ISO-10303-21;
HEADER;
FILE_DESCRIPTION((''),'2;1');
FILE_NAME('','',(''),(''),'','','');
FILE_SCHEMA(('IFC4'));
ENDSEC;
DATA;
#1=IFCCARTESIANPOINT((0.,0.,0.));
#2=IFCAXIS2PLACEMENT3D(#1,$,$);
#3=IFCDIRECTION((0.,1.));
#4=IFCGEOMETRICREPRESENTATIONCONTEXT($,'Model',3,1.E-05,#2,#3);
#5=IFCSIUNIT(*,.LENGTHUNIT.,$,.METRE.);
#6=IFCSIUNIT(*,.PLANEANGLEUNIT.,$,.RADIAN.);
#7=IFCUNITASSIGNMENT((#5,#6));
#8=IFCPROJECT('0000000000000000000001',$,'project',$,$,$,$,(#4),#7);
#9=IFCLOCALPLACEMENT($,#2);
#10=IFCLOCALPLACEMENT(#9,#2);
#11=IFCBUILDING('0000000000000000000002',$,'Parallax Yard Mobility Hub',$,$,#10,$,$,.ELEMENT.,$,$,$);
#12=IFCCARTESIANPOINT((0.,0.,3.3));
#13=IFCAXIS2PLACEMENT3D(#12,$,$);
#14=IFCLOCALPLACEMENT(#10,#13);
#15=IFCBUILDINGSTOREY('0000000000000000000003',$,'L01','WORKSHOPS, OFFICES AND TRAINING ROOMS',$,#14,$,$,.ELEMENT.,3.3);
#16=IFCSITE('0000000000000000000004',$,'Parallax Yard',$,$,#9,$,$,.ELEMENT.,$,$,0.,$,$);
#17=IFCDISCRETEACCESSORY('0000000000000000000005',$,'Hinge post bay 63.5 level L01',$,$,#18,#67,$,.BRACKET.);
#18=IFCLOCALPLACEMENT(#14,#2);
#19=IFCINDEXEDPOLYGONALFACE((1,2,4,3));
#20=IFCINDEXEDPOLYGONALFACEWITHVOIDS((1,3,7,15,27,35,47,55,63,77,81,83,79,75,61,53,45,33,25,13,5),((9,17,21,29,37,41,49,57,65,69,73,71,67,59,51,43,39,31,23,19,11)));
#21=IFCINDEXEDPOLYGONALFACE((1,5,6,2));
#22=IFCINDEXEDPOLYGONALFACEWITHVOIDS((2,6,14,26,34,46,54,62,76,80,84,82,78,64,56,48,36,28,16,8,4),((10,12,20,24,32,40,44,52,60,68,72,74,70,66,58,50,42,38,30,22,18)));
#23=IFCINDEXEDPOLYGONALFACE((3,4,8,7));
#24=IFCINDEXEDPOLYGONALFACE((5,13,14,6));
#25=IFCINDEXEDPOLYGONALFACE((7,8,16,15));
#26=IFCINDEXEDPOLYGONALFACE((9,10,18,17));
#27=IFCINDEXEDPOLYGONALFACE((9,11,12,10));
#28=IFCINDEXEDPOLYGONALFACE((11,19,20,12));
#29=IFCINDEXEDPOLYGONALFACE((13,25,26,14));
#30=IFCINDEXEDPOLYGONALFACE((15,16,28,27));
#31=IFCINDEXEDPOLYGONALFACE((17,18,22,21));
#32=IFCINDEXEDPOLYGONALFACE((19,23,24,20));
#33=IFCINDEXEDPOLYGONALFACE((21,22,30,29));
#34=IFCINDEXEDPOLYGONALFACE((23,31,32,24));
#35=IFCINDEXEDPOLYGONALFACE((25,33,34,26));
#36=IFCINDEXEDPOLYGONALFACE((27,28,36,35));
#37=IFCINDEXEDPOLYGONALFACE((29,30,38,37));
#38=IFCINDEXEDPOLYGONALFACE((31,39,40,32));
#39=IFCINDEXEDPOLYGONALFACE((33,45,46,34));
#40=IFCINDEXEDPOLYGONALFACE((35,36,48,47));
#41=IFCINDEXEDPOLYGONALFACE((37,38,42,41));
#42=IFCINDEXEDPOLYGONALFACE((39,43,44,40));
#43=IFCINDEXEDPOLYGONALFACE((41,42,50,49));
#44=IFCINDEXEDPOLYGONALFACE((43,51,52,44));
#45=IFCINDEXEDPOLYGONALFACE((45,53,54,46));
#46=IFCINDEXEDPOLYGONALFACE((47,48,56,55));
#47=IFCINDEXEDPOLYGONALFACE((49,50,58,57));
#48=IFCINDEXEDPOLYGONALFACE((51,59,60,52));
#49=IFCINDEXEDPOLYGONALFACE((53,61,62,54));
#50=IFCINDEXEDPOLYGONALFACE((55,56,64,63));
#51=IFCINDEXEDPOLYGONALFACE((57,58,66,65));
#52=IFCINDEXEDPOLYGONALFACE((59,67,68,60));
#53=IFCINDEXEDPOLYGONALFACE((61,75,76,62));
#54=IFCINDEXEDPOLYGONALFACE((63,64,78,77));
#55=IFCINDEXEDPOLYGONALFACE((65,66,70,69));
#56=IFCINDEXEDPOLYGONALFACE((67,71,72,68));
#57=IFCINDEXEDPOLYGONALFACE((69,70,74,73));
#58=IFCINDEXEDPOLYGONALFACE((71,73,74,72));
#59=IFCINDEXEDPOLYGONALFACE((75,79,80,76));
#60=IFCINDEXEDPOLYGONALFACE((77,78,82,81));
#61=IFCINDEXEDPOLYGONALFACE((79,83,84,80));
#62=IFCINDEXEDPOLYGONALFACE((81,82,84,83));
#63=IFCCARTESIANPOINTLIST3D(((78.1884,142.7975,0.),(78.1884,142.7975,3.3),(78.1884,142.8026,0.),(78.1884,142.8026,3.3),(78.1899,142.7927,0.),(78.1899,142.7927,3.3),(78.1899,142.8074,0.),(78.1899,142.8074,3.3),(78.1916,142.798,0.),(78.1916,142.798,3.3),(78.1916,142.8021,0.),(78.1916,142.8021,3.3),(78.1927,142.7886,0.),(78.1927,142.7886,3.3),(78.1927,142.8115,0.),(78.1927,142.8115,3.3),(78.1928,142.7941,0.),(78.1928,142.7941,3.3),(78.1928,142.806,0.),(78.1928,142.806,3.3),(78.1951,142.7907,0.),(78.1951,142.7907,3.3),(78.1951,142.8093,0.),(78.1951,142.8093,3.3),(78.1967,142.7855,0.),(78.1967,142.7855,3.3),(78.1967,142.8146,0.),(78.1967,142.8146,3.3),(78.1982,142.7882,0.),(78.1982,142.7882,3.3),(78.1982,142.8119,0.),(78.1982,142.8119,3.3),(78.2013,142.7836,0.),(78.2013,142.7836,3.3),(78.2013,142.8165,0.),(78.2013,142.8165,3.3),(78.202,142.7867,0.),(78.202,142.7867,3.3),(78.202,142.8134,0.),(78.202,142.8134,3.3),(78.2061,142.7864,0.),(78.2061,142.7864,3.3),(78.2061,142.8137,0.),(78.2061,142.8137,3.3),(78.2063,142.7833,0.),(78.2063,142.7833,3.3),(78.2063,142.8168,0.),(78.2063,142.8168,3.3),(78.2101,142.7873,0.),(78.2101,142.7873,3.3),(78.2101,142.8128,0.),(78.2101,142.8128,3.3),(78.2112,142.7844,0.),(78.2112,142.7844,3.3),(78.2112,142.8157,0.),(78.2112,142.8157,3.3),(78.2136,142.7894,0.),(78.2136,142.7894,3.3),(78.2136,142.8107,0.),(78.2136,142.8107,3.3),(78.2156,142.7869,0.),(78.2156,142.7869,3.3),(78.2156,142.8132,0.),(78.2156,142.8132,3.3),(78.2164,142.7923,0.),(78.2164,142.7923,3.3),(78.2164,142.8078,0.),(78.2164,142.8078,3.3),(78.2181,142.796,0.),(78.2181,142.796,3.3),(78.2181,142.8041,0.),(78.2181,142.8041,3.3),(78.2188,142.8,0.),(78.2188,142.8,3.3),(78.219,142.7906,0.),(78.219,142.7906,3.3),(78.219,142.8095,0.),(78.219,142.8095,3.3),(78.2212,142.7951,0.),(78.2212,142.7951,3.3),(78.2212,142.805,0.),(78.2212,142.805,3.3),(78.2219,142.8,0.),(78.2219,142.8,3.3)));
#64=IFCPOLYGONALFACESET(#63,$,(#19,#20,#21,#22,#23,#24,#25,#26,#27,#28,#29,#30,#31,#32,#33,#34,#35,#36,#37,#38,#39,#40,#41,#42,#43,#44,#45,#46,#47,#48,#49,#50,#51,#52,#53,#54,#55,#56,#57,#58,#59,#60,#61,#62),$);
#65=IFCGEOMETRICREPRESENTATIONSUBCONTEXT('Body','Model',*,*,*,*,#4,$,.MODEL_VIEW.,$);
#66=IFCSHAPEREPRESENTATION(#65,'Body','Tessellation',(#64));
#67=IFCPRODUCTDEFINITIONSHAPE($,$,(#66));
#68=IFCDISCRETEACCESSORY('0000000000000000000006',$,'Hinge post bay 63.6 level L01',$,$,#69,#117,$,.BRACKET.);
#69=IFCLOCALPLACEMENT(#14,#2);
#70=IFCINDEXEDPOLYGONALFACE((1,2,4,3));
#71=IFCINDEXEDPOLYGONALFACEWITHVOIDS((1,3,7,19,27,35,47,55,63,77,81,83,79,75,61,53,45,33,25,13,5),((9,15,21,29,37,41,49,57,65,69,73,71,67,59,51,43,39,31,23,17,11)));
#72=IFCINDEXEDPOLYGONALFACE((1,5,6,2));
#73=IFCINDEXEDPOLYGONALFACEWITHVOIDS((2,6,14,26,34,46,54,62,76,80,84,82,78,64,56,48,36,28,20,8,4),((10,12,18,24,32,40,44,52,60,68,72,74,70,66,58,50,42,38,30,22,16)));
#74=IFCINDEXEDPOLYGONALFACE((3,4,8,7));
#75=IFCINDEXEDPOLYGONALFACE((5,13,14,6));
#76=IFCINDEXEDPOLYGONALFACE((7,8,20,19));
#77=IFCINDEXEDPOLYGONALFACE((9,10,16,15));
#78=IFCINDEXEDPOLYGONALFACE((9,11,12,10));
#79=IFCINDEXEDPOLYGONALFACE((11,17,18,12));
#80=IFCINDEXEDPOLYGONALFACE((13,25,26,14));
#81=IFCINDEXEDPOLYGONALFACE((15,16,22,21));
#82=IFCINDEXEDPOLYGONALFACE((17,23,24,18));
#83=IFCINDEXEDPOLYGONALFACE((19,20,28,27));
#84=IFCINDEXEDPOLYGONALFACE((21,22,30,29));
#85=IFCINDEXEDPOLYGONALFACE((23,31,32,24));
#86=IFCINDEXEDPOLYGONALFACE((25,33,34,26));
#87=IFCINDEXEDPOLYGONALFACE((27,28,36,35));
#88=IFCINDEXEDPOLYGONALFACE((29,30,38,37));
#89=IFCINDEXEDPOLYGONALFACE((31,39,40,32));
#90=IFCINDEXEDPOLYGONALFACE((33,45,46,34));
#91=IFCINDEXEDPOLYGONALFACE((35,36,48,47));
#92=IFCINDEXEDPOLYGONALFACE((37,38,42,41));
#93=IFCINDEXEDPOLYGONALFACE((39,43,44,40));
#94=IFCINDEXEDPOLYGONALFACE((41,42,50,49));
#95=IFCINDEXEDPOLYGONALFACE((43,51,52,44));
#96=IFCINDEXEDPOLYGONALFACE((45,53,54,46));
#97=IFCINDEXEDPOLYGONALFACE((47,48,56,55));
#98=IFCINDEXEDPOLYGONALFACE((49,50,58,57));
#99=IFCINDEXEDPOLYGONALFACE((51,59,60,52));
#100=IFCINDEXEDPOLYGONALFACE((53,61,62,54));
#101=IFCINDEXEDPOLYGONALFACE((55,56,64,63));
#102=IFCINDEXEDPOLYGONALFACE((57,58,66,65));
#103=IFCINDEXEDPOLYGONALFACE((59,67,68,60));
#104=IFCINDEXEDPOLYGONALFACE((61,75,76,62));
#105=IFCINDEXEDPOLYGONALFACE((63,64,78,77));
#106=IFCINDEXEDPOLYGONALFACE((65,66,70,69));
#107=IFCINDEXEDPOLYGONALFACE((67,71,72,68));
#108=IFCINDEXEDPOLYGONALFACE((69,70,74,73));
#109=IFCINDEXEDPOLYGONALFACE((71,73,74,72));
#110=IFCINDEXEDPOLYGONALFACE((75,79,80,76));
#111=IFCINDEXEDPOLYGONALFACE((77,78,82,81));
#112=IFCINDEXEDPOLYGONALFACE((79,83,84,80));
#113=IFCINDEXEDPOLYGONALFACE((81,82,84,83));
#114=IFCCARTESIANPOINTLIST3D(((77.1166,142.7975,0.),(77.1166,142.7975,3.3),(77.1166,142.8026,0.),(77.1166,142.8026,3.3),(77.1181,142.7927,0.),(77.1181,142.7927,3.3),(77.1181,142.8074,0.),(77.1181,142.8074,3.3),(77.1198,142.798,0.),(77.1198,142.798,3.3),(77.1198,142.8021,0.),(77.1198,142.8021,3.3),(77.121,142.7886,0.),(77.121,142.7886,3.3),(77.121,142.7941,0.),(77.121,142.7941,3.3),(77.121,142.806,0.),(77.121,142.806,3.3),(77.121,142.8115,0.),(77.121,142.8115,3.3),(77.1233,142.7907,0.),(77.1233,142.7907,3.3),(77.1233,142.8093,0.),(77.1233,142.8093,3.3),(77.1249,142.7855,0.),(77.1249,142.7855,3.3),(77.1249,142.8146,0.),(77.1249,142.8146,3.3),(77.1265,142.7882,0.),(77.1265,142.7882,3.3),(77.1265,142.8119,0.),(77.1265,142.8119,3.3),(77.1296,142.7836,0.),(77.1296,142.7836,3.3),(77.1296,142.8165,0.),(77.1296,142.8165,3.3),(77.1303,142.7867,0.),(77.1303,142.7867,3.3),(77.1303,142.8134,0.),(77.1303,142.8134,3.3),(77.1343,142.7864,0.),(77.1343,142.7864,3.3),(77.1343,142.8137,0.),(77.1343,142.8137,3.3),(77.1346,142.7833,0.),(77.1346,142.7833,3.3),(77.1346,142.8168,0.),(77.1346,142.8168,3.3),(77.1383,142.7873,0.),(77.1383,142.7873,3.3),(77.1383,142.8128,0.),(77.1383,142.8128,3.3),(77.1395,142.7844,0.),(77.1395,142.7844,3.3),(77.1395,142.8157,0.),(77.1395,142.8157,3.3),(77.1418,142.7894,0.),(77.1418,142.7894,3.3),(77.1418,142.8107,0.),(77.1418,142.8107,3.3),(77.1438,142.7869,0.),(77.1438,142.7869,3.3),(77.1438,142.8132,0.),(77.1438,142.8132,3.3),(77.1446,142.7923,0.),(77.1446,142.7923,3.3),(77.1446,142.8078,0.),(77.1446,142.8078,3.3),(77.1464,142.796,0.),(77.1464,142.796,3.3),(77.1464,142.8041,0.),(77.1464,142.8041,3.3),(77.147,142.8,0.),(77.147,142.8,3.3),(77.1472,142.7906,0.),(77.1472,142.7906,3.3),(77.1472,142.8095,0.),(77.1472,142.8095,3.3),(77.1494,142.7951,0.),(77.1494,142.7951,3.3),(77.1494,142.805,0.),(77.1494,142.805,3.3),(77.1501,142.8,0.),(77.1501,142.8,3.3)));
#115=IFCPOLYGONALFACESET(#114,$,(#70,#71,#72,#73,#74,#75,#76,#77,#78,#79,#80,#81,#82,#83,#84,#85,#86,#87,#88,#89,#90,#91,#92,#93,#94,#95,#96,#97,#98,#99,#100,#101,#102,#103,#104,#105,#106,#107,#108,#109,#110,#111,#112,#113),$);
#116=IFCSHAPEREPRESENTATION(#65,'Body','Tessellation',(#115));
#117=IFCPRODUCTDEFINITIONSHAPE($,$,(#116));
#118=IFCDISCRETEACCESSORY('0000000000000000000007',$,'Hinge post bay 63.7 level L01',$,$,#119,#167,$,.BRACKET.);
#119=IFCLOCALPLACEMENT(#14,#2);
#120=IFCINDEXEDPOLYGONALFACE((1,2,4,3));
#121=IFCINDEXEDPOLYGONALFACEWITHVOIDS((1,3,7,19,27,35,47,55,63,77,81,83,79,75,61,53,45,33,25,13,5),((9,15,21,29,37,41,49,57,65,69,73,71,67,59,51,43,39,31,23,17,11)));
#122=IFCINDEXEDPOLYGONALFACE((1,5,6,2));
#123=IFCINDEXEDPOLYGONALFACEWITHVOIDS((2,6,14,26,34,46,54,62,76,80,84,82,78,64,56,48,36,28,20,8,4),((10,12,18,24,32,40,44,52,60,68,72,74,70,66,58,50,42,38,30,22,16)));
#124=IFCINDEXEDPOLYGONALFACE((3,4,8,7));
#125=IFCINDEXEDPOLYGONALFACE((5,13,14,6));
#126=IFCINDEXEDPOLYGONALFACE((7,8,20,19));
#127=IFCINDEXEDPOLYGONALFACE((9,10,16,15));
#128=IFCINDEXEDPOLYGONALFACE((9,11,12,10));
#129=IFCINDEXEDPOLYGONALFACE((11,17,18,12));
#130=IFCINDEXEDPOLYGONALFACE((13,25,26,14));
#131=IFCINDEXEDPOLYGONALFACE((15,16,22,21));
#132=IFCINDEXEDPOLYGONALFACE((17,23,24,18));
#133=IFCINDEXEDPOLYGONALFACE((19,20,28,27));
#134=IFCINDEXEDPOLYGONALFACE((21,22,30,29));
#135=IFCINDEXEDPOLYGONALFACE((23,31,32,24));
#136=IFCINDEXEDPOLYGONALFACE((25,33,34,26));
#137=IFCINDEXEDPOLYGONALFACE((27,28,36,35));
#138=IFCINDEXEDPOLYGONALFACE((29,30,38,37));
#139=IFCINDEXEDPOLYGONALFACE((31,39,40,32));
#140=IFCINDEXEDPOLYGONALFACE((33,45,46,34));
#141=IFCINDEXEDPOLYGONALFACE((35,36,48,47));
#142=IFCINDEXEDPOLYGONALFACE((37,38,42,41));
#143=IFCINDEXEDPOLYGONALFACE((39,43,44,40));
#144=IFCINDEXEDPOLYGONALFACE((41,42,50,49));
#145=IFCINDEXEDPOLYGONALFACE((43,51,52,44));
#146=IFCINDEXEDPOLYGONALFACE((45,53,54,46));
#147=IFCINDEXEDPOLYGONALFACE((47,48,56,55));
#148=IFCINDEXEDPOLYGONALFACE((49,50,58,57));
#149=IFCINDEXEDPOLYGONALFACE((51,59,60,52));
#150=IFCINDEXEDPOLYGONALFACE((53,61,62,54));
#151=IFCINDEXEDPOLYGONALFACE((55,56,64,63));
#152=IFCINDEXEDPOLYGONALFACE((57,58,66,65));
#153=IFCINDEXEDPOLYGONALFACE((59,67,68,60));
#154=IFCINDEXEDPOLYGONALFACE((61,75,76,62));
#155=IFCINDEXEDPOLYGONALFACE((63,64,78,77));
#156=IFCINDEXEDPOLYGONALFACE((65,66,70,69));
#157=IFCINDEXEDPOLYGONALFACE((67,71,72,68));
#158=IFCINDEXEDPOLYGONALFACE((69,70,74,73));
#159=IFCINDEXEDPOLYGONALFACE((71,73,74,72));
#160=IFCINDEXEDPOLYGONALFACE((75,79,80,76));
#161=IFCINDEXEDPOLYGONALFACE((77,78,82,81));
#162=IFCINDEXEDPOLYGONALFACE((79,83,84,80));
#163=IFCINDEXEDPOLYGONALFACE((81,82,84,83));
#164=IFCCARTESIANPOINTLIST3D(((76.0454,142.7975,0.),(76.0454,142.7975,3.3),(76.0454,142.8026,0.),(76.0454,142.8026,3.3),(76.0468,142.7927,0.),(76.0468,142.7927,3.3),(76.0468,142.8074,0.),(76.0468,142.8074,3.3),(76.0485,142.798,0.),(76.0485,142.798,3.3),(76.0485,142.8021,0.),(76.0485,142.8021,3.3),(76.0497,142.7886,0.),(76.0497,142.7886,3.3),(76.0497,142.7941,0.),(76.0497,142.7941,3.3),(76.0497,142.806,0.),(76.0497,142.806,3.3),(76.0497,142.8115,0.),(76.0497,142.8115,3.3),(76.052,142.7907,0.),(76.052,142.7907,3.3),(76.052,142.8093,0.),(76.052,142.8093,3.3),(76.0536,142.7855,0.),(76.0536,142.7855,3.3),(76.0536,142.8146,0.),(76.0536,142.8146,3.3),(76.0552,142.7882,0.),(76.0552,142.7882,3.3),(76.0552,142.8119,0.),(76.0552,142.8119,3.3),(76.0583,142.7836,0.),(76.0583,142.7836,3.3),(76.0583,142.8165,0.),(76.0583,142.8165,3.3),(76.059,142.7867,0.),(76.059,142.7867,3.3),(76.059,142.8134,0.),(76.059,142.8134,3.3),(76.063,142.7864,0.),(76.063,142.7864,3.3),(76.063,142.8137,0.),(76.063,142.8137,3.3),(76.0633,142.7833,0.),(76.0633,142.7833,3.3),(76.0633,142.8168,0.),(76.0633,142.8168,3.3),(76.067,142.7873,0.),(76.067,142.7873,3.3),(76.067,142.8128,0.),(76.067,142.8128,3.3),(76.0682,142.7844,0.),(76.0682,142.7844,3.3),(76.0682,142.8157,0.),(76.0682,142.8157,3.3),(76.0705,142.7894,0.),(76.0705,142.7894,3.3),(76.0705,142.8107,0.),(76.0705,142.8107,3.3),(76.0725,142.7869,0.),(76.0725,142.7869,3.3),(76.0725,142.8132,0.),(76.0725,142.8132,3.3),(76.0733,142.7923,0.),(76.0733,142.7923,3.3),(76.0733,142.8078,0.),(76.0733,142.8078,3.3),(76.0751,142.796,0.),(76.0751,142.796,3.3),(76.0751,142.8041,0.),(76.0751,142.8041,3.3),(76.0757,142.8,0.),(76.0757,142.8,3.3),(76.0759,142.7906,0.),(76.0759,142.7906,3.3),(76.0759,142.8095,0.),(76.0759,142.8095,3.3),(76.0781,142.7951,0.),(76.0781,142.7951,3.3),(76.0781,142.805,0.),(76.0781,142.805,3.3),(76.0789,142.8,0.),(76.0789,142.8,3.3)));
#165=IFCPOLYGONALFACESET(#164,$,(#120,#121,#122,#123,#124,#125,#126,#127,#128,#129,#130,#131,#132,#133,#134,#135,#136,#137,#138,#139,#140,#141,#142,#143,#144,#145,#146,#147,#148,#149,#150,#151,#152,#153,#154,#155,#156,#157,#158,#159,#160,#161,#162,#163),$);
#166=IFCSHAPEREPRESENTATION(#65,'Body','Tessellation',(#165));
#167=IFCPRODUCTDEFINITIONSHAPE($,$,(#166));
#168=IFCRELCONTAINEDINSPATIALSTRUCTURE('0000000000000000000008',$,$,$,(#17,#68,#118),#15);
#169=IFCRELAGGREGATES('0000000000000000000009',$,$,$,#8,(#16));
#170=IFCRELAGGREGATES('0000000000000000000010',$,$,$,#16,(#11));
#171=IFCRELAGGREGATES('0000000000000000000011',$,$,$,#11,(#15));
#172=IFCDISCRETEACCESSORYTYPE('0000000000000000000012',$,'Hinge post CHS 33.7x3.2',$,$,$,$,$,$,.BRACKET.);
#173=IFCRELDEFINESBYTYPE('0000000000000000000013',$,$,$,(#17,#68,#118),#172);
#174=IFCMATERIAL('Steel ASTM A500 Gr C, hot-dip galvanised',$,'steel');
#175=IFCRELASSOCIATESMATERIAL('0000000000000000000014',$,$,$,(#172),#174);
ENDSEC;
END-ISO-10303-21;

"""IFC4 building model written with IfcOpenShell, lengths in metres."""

from ifc_helpers import new_model, si_unit, direction, frame, origin, origin_2d, place, context, subcontext, project, spatial, hollow_circle, extrude, material, material_profile, profile_set, type_object, element, save


model = new_model("IFC4")

# Units and contexts
model_context = context("Model", 3, precision=1e-05, world=origin(), true_north=direction((0.0, 1.0)))
body_context = subcontext(model_context, "Body", "Model", "MODEL_VIEW")
ifc_project = project(units=[si_unit("LENGTHUNIT", "METRE"), si_unit("PLANEANGLEUNIT", "RADIAN")], contexts=[model_context])

# Site, building, storey
site_placement = place(None, origin())
site = spatial("IfcSite", under=ifc_project, at=site_placement, Name="Parallax Yard", CompositionType="ELEMENT", RefElevation=0.0)
building_placement = place(site_placement, origin())
building = spatial("IfcBuilding", under=site, at=building_placement, Name="Parallax Yard Mobility Hub", CompositionType="ELEMENT")
storey_placement = place(building_placement, frame((0.0, 0.0, 3.3)))
storey = spatial("IfcBuildingStorey", under=building, at=storey_placement, Name="L01", Description="WORKSHOPS, OFFICES AND TRAINING ROOMS", CompositionType="ELEMENT", Elevation=3.3)

# Discrete accessories
ifc_material_1 = material(Name="Steel ASTM A500 Gr C, hot-dip galvanised", Category="steel")
ifc_material_profile = material_profile(ifc_material_1, hollow_circle(Radius=0.0168, WallThickness=0.0032, at=origin_2d()), Name="CHS 33.7x3.2")
ifc_profile_set = profile_set([ifc_material_profile], Name="Steel ASTM A500 Gr C, hot-dip galvanised")
discrete_accessory_type_1 = type_object("IfcDiscreteAccessoryType", Name="Hinge post CHS 33.7x3.2", PredefinedType="BRACKET", material=ifc_profile_set)
for number, where, z_axis, x_axis, name in (
    (1, (78.2051, 142.8, 0.0), (0.0, 0.0, 1.0), (1.0, 0.0, 0.0), "Hinge post bay 63.5 level L01"),
    (2, (77.1333, 142.8, 0.0), (0.0, 0.0, 1.0), (1.0, 0.0, 0.0), "Hinge post bay 63.6 level L01"),
    (3, (76.062, 142.8, 0.0), (0.0, 0.0, 1.0), (1.0, 0.0, 0.0), "Hinge post bay 63.7 level L01"),
):
    element("IfcDiscreteAccessory", number, at=place(storey_placement, frame(where, z_axis=z_axis, x_axis=x_axis)), inside=storey, type_object=discrete_accessory_type_1, Name=name, PredefinedType="BRACKET", context=body_context, shape_type="SweptSolid", body=[
        extrude(hollow_circle(Radius=0.0168, WallThickness=0.0032, at=origin_2d()), origin(), (0.0, 0.0, 1.0), 3.3),
    ])

save(model, "model.ifc")
